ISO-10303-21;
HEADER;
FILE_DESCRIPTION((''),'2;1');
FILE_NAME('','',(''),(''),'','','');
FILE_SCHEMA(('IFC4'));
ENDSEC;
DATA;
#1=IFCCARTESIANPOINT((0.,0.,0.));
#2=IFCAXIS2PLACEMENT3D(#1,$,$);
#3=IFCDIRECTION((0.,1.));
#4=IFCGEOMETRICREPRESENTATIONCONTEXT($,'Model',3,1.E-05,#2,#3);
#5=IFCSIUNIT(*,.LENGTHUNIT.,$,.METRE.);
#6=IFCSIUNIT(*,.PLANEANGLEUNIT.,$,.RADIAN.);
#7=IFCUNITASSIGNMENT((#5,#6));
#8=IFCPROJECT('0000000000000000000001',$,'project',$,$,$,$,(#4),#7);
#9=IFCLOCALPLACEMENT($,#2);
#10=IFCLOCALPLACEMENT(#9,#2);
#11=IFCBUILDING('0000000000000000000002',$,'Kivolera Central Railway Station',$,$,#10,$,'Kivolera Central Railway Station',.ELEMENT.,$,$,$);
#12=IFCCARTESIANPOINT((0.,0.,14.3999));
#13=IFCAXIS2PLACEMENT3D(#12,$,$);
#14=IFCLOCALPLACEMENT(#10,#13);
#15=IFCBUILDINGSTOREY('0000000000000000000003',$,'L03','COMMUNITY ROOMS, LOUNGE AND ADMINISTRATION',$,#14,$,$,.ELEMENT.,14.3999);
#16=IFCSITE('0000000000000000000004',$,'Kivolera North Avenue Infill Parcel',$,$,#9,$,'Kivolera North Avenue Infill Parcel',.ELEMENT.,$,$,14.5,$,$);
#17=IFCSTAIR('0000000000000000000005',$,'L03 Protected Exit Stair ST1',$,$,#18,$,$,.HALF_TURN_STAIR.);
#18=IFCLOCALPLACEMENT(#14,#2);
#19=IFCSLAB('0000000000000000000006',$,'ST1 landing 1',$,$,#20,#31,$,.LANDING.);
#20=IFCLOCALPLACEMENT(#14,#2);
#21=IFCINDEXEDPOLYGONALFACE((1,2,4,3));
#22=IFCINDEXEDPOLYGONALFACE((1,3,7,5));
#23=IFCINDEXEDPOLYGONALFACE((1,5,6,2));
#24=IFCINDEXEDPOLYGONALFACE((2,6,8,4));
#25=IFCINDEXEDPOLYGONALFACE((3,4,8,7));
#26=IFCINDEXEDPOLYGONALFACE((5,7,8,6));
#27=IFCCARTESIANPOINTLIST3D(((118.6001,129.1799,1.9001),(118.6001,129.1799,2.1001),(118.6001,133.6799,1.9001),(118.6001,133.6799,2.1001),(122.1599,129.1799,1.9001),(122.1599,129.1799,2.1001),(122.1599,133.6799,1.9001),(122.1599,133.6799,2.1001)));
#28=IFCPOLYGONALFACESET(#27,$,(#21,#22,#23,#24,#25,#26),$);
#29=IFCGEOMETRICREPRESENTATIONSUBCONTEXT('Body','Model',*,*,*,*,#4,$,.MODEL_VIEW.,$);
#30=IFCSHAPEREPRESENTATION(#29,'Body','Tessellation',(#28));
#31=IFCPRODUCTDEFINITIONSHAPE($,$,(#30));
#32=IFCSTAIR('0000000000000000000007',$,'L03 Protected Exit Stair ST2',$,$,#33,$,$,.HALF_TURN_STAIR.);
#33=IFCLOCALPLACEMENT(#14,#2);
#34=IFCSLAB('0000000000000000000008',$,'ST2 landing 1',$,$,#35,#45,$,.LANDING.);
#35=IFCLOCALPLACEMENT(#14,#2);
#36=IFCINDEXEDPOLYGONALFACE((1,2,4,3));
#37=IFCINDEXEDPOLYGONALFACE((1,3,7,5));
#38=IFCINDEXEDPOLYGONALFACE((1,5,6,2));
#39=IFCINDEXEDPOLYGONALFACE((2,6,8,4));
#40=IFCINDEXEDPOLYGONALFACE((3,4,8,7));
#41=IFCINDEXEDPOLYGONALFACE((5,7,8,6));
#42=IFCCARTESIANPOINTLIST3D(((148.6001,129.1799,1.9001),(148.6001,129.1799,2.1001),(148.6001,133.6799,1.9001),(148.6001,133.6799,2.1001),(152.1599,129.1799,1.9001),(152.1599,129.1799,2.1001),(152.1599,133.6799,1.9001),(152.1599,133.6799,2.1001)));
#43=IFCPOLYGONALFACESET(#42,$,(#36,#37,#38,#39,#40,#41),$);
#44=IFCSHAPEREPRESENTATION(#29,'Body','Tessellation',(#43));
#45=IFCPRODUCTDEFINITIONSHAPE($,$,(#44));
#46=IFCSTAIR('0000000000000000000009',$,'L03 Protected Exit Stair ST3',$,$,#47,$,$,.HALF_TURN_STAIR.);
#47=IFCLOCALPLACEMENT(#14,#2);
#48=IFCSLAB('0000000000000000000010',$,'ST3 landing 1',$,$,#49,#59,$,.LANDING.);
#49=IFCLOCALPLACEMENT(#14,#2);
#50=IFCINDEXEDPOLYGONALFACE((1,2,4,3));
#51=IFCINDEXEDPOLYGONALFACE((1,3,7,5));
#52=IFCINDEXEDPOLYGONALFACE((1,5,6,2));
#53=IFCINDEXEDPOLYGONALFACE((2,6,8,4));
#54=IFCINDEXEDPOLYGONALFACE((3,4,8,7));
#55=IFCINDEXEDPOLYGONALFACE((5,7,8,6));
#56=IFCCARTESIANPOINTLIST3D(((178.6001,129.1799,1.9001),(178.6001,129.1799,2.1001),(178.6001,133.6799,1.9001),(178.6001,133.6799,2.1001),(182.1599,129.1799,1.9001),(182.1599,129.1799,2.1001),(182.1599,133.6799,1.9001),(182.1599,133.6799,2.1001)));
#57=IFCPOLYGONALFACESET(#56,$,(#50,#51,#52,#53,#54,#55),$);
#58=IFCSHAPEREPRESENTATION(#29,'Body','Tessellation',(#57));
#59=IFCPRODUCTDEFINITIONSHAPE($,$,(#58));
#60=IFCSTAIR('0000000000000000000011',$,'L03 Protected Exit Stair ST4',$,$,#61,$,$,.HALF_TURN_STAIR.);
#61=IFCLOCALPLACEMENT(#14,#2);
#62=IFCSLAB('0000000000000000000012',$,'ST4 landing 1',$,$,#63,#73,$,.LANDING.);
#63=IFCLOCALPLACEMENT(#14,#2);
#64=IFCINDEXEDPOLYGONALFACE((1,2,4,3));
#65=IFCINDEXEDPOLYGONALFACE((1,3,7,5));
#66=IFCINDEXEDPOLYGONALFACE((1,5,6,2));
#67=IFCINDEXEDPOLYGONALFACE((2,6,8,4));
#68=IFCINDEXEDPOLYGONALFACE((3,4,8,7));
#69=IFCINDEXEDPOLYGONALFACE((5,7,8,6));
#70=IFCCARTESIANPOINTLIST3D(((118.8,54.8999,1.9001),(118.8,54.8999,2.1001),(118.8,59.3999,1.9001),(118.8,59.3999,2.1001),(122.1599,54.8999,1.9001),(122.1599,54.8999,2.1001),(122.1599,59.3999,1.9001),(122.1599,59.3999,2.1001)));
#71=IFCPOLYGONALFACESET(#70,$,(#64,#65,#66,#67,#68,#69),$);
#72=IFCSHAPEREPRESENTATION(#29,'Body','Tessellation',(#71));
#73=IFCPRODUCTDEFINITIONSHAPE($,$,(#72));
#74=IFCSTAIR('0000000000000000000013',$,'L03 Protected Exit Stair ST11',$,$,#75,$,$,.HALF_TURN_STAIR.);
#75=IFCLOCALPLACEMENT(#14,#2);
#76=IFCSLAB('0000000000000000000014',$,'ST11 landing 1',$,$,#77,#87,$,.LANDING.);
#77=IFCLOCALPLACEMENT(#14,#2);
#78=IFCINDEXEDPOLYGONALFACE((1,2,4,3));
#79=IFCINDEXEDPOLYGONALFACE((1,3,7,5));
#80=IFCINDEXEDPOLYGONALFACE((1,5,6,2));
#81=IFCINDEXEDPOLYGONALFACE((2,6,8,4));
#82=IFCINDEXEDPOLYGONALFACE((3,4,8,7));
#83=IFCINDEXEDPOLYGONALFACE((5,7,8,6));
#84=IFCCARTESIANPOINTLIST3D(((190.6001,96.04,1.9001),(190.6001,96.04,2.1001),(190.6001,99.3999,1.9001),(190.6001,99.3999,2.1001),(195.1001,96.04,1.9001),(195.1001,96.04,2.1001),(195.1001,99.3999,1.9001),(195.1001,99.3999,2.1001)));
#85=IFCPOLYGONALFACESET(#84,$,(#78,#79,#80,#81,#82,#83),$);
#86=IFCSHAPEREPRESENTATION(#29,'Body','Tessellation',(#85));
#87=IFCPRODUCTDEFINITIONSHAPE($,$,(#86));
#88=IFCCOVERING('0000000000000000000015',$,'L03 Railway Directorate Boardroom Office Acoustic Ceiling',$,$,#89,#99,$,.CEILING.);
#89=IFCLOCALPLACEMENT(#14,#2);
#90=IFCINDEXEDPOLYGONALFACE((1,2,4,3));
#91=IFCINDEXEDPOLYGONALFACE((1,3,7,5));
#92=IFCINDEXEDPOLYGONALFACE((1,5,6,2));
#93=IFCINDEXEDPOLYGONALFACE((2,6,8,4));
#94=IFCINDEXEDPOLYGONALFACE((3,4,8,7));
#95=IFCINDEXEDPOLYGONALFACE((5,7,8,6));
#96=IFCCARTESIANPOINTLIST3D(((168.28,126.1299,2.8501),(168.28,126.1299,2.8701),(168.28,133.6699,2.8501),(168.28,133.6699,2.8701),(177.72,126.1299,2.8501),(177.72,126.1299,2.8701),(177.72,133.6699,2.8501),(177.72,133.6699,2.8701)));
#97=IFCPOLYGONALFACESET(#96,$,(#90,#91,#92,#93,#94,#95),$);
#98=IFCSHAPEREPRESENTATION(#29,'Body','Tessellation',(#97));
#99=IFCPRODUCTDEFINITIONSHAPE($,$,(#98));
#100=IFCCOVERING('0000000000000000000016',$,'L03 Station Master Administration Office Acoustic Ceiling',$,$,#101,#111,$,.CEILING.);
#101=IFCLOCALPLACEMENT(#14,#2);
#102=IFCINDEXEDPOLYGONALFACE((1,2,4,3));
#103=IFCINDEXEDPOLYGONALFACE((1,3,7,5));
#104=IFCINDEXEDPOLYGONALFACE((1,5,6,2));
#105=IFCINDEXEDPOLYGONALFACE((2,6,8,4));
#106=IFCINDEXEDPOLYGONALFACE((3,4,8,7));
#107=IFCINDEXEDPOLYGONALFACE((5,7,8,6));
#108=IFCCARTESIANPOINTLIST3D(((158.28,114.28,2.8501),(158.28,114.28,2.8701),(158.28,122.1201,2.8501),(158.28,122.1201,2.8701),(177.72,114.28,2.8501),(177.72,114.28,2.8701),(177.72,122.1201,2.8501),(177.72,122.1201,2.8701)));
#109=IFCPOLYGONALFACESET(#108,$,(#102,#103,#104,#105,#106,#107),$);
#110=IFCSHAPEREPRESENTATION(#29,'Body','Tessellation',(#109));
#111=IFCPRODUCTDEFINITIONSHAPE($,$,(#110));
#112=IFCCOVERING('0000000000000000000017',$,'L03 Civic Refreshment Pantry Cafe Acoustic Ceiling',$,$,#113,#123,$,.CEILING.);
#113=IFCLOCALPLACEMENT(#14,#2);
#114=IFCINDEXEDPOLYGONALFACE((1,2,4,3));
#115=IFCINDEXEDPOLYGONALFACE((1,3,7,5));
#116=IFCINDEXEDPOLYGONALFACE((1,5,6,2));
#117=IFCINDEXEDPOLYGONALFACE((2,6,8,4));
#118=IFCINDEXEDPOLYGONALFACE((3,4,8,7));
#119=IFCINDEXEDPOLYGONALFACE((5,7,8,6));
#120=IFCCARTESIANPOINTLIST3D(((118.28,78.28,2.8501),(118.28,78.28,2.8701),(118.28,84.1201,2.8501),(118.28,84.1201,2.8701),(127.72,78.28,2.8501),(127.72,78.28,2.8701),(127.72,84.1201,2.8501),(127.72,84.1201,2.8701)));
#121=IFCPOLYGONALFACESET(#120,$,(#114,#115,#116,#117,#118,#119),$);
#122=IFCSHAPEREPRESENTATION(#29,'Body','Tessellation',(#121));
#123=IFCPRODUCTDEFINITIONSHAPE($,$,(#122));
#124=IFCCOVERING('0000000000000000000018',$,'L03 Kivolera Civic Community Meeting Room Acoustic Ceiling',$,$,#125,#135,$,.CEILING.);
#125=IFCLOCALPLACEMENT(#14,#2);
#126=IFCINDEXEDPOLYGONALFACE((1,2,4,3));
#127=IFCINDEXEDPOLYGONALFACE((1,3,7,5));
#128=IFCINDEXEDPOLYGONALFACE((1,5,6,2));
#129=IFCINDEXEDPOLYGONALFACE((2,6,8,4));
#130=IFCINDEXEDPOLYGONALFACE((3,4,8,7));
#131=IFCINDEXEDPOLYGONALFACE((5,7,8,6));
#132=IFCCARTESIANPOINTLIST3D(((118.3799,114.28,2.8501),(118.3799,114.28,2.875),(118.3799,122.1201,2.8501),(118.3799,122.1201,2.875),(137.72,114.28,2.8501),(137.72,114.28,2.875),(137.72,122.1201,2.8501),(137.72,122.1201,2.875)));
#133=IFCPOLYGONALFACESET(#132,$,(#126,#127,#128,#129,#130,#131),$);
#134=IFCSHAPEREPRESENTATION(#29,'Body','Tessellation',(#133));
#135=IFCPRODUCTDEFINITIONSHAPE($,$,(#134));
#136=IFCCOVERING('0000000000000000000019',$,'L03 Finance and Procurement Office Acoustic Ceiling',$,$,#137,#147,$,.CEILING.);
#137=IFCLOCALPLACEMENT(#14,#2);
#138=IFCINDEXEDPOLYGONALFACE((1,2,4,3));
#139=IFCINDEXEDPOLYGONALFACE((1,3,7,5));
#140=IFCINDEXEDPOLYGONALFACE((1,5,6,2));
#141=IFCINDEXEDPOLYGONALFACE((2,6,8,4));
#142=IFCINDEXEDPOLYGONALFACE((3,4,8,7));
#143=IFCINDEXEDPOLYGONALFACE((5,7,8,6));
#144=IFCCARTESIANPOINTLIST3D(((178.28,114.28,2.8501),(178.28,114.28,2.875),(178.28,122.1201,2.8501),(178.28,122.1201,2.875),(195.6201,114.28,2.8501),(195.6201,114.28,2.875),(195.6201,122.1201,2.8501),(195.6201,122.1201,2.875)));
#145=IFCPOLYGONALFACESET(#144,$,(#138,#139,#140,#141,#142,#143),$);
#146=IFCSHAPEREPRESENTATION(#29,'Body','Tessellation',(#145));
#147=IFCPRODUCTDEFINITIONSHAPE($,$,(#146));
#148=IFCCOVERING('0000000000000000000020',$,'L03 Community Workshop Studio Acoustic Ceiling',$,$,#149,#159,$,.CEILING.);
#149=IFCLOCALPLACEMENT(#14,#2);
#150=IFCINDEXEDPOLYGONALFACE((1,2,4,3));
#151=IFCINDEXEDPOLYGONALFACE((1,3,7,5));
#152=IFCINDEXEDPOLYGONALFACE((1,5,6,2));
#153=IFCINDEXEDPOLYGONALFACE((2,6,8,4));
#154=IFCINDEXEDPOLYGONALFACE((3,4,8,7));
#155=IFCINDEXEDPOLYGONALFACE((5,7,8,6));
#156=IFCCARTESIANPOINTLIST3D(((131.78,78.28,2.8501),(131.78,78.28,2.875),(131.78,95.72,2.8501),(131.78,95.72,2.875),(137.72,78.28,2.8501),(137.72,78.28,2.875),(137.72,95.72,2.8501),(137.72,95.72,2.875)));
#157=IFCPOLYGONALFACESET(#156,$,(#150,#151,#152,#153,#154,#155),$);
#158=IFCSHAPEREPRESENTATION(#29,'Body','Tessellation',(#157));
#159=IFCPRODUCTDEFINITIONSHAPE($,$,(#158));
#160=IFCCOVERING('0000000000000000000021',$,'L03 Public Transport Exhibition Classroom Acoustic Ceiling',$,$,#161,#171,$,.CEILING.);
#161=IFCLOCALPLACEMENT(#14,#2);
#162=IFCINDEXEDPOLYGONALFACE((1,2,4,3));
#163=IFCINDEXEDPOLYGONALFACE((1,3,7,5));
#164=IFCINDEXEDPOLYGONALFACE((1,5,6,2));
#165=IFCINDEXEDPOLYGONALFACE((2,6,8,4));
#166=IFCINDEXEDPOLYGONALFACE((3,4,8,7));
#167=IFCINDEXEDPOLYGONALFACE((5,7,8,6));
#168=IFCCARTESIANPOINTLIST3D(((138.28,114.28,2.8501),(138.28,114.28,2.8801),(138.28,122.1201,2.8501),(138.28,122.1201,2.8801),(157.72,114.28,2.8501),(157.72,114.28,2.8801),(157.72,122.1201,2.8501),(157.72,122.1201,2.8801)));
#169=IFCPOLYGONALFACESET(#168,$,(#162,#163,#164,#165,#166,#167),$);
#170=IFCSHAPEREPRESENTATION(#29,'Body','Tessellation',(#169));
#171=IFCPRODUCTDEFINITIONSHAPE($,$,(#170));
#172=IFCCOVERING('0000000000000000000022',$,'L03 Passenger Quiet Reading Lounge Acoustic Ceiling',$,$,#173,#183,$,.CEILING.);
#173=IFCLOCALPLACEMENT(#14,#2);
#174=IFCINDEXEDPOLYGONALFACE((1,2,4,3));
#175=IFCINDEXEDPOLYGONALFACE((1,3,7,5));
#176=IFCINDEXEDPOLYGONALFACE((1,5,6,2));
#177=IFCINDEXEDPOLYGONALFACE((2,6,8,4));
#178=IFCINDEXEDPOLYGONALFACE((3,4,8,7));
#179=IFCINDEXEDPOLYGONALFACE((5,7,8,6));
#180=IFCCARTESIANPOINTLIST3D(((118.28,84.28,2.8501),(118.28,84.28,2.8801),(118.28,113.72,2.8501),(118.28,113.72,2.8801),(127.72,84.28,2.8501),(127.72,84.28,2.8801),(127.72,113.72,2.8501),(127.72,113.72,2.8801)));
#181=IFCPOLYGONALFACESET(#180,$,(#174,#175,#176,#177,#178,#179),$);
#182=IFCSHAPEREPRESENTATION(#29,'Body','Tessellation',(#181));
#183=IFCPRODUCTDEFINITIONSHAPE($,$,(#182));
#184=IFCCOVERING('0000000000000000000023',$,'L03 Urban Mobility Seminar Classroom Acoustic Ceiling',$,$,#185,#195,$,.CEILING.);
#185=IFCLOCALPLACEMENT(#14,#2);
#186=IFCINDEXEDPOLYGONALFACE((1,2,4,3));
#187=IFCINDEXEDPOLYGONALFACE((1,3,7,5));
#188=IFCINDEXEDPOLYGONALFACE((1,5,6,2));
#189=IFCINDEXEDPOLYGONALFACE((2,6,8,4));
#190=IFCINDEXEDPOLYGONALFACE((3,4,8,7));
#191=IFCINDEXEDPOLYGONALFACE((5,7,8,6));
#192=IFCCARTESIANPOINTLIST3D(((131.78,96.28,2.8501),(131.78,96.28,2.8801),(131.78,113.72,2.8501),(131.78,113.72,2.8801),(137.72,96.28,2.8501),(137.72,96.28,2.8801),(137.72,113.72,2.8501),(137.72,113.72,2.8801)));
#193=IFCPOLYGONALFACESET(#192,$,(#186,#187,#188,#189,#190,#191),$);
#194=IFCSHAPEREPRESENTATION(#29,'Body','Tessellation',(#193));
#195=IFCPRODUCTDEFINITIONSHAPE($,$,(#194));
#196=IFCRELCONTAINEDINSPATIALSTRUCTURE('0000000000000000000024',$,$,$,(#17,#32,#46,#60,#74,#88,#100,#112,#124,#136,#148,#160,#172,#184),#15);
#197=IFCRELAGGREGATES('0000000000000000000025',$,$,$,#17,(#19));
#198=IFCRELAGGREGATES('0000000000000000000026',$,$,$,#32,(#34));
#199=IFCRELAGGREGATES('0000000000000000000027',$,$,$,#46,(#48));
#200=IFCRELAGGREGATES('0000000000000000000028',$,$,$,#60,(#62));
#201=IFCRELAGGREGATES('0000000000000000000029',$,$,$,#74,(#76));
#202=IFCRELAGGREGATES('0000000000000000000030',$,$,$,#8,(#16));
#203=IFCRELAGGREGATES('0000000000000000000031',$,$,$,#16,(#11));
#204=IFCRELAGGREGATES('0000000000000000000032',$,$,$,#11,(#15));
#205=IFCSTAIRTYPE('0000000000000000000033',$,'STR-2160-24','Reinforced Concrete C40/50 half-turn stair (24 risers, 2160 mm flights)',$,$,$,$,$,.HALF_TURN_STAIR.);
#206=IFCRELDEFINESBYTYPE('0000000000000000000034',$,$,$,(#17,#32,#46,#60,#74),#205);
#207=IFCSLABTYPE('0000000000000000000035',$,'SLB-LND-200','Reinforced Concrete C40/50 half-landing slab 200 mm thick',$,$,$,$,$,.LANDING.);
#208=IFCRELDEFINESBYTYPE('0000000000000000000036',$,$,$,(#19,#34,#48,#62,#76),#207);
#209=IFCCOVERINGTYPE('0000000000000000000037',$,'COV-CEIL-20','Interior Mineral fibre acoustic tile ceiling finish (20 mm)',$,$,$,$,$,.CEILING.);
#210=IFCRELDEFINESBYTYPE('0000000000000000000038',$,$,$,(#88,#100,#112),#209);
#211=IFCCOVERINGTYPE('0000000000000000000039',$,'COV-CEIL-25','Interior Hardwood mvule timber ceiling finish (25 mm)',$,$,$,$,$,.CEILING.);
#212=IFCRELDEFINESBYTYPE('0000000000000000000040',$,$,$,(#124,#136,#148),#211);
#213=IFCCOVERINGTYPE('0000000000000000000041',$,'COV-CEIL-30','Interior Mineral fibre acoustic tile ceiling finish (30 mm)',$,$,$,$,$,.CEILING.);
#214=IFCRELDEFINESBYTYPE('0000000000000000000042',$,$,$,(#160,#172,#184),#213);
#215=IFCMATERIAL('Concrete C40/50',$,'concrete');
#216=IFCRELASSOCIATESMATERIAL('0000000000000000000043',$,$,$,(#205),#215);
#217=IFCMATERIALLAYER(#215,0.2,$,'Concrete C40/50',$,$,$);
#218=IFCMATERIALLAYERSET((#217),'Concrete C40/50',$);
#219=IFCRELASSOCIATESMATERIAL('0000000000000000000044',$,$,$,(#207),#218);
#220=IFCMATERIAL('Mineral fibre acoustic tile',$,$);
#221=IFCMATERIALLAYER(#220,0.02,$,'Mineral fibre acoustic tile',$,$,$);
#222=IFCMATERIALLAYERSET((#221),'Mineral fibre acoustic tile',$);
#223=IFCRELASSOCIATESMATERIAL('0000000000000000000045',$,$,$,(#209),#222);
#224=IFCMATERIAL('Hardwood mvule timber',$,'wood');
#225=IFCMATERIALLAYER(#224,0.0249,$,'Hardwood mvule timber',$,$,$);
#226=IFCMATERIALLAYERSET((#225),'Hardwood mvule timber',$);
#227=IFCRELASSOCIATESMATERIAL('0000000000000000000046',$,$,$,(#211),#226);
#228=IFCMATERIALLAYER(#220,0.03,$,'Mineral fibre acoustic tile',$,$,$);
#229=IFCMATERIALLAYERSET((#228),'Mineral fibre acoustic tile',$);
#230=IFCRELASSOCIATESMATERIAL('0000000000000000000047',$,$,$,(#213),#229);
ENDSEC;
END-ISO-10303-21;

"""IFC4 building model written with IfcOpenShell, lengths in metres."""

from ifc_helpers import new_model, si_unit, direction, frame, origin, place, context, subcontext, project, spatial, polyline, outline, extrude, material, layer, layer_set, type_object, element, aggregate, save


model = new_model("IFC4")

# Units and contexts
model_context = context("Model", 3, precision=1e-05, world=origin(), true_north=direction((0.0, 1.0)))
body_context = subcontext(model_context, "Body", "Model", "MODEL_VIEW")
ifc_project = project(units=[si_unit("LENGTHUNIT", "METRE"), si_unit("PLANEANGLEUNIT", "RADIAN")], contexts=[model_context])

# Site, building, storey
site_placement = place(None, origin())
site = spatial("IfcSite", under=ifc_project, at=site_placement, Name="Kivolera North Avenue Infill Parcel", LongName="Kivolera North Avenue Infill Parcel", CompositionType="ELEMENT", RefElevation=14.5)
building_placement = place(site_placement, origin())
building = spatial("IfcBuilding", under=site, at=building_placement, Name="Kivolera Central Railway Station", LongName="Kivolera Central Railway Station", CompositionType="ELEMENT")
storey_placement = place(building_placement, frame((0.0, 0.0, 14.3999)))
storey = spatial("IfcBuildingStorey", under=building, at=storey_placement, Name="L03", Description="COMMUNITY ROOMS, LOUNGE AND ADMINISTRATION", CompositionType="ELEMENT", Elevation=14.3999)

# Stairs, slabs
ifc_material_1 = material(Name="Concrete C40/50", Category="concrete")
stair_type = type_object("IfcStairType", Name="STR-2160-24", Description="Reinforced Concrete C40/50 half-turn stair (24 risers, 2160 mm flights)", PredefinedType="HALF_TURN_STAIR", material=ifc_material_1)
stair_1_placement = place(storey_placement, origin())
stair_1 = element("IfcStair", 1, at=stair_1_placement, inside=storey, type_object=stair_type, Name="L03 Protected Exit Stair ST1", PredefinedType="HALF_TURN_STAIR")
ifc_layer_1 = layer(ifc_material_1, 0.2, Name="Concrete C40/50")
ifc_layer_set_1 = layer_set([ifc_layer_1], Name="Concrete C40/50")
slab_type = type_object("IfcSlabType", Name="SLB-LND-200", Description="Reinforced Concrete C40/50 half-landing slab 200 mm thick", PredefinedType="LANDING", material=ifc_layer_set_1)
slab_1_placement = place(storey_placement, frame((0.0, 0.0, 1.9001)))
slab_1 = element("IfcSlab", 2, at=slab_1_placement, type_object=slab_type, Name="ST1 landing 1", PredefinedType="LANDING", context=body_context, shape_type="SweptSolid", body=[
    extrude(outline(polyline([(122.1599, 133.6799), (118.6001, 133.6799), (118.6001, 129.1799), (122.1599, 129.1799), (122.1599, 133.6799)])), origin(), (0.0, 0.0, 1.0), 0.2),
])
aggregate(stair_1, [slab_1])
stair_2_placement = place(storey_placement, origin())
stair_2 = element("IfcStair", 3, at=stair_2_placement, inside=storey, type_object=stair_type, Name="L03 Protected Exit Stair ST2", PredefinedType="HALF_TURN_STAIR")
slab_2_placement = place(storey_placement, frame((0.0, 0.0, 1.9001)))
slab_2 = element("IfcSlab", 4, at=slab_2_placement, type_object=slab_type, Name="ST2 landing 1", PredefinedType="LANDING", context=body_context, shape_type="SweptSolid", body=[
    extrude(outline(polyline([(152.1599, 133.6799), (148.6001, 133.6799), (148.6001, 129.1799), (152.1599, 129.1799), (152.1599, 133.6799)])), origin(), (0.0, 0.0, 1.0), 0.2),
])
aggregate(stair_2, [slab_2])
stair_3_placement = place(storey_placement, origin())
stair_3 = element("IfcStair", 5, at=stair_3_placement, inside=storey, type_object=stair_type, Name="L03 Protected Exit Stair ST3", PredefinedType="HALF_TURN_STAIR")
slab_3_placement = place(storey_placement, frame((0.0, 0.0, 1.9001)))
slab_3 = element("IfcSlab", 6, at=slab_3_placement, type_object=slab_type, Name="ST3 landing 1", PredefinedType="LANDING", context=body_context, shape_type="SweptSolid", body=[
    extrude(outline(polyline([(182.1599, 133.6799), (178.6001, 133.6799), (178.6001, 129.1799), (182.1599, 129.1799), (182.1599, 133.6799)])), origin(), (0.0, 0.0, 1.0), 0.2),
])
aggregate(stair_3, [slab_3])
stair_4_placement = place(storey_placement, origin())
stair_4 = element("IfcStair", 7, at=stair_4_placement, inside=storey, type_object=stair_type, Name="L03 Protected Exit Stair ST4", PredefinedType="HALF_TURN_STAIR")
slab_4_placement = place(storey_placement, frame((0.0, 0.0, 1.9001)))
slab_4 = element("IfcSlab", 8, at=slab_4_placement, type_object=slab_type, Name="ST4 landing 1", PredefinedType="LANDING", context=body_context, shape_type="SweptSolid", body=[
    extrude(outline(polyline([(122.1599, 59.3999), (118.8, 59.3999), (118.8, 54.8999), (122.1599, 54.8999), (122.1599, 59.3999)])), origin(), (0.0, 0.0, 1.0), 0.2),
])
aggregate(stair_4, [slab_4])
stair_5_placement = place(storey_placement, origin())
stair_5 = element("IfcStair", 9, at=stair_5_placement, inside=storey, type_object=stair_type, Name="L03 Protected Exit Stair ST11", PredefinedType="HALF_TURN_STAIR")
slab_5_placement = place(storey_placement, frame((0.0, 0.0, 1.9001)))
slab_5 = element("IfcSlab", 10, at=slab_5_placement, type_object=slab_type, Name="ST11 landing 1", PredefinedType="LANDING", context=body_context, shape_type="SweptSolid", body=[
    extrude(outline(polyline([(195.1001, 96.04), (195.1001, 99.3999), (190.6001, 99.3999), (190.6001, 96.04), (195.1001, 96.04)])), origin(), (0.0, 0.0, 1.0), 0.2),
])
aggregate(stair_5, [slab_5])

# Coverings
ifc_material_2 = material(Name="Mineral fibre acoustic tile")
ifc_layer_2 = layer(ifc_material_2, 0.02, Name="Mineral fibre acoustic tile")
ifc_layer_set_2 = layer_set([ifc_layer_2], Name="Mineral fibre acoustic tile")
covering_type_1 = type_object("IfcCoveringType", Name="COV-CEIL-20", Description="Interior Mineral fibre acoustic tile ceiling finish (20 mm)", PredefinedType="CEILING", material=ifc_layer_set_2)
covering_1_placement = place(storey_placement, frame((0.0, 0.0, 2.8501)))
element("IfcCovering", 11, at=covering_1_placement, inside=storey, type_object=covering_type_1, Name="L03 Railway Directorate Boardroom Office Acoustic Ceiling", PredefinedType="CEILING", context=body_context, shape_type="SweptSolid", body=[
    extrude(outline(polyline([(168.28, 126.1299), (177.72, 126.1299), (177.72, 133.6699), (168.28, 133.6699), (168.28, 126.1299)])), origin(), (0.0, 0.0, 1.0), 0.02),
])
covering_2_placement = place(storey_placement, frame((0.0, 0.0, 2.8501)))
element("IfcCovering", 12, at=covering_2_placement, inside=storey, type_object=covering_type_1, Name="L03 Station Master Administration Office Acoustic Ceiling", PredefinedType="CEILING", context=body_context, shape_type="SweptSolid", body=[
    extrude(outline(polyline([(158.28, 114.28), (177.72, 114.28), (177.72, 122.1201), (158.28, 122.1201), (158.28, 114.28)])), origin(), (0.0, 0.0, 1.0), 0.02),
])
covering_3_placement = place(storey_placement, frame((0.0, 0.0, 2.8501)))
element("IfcCovering", 13, at=covering_3_placement, inside=storey, type_object=covering_type_1, Name="L03 Civic Refreshment Pantry Cafe Acoustic Ceiling", PredefinedType="CEILING", context=body_context, shape_type="SweptSolid", body=[
    extrude(outline(polyline([(118.28, 78.28), (127.72, 78.28), (127.72, 84.1201), (118.28, 84.1201), (118.28, 78.28)])), origin(), (0.0, 0.0, 1.0), 0.02),
])
ifc_material_3 = material(Name="Hardwood mvule timber", Category="wood")
ifc_layer_3 = layer(ifc_material_3, 0.0249, Name="Hardwood mvule timber")
ifc_layer_set_3 = layer_set([ifc_layer_3], Name="Hardwood mvule timber")
covering_type_2 = type_object("IfcCoveringType", Name="COV-CEIL-25", Description="Interior Hardwood mvule timber ceiling finish (25 mm)", PredefinedType="CEILING", material=ifc_layer_set_3)
covering_4_placement = place(storey_placement, frame((0.0, 0.0, 2.8501)))
element("IfcCovering", 14, at=covering_4_placement, inside=storey, type_object=covering_type_2, Name="L03 Kivolera Civic Community Meeting Room Acoustic Ceiling", PredefinedType="CEILING", context=body_context, shape_type="SweptSolid", body=[
    extrude(outline(polyline([(118.3799, 114.28), (137.72, 114.28), (137.72, 122.1201), (118.3799, 122.1201), (118.3799, 114.28)])), origin(), (0.0, 0.0, 1.0), 0.0249),
])
covering_5_placement = place(storey_placement, frame((0.0, 0.0, 2.8501)))
element("IfcCovering", 15, at=covering_5_placement, inside=storey, type_object=covering_type_2, Name="L03 Finance and Procurement Office Acoustic Ceiling", PredefinedType="CEILING", context=body_context, shape_type="SweptSolid", body=[
    extrude(outline(polyline([(178.28, 114.28), (195.6201, 114.28), (195.6201, 122.1201), (178.28, 122.1201), (178.28, 114.28)])), origin(), (0.0, 0.0, 1.0), 0.0249),
])
covering_6_placement = place(storey_placement, frame((0.0, 0.0, 2.8501)))
element("IfcCovering", 16, at=covering_6_placement, inside=storey, type_object=covering_type_2, Name="L03 Community Workshop Studio Acoustic Ceiling", PredefinedType="CEILING", context=body_context, shape_type="SweptSolid", body=[
    extrude(outline(polyline([(131.78, 78.28), (137.72, 78.28), (137.72, 95.72), (131.78, 95.72), (131.78, 78.28)])), origin(), (0.0, 0.0, 1.0), 0.0249),
])
ifc_layer_4 = layer(ifc_material_2, 0.03, Name="Mineral fibre acoustic tile")
ifc_layer_set_4 = layer_set([ifc_layer_4], Name="Mineral fibre acoustic tile")
covering_type_3 = type_object("IfcCoveringType", Name="COV-CEIL-30", Description="Interior Mineral fibre acoustic tile ceiling finish (30 mm)", PredefinedType="CEILING", material=ifc_layer_set_4)
covering_7_placement = place(storey_placement, frame((0.0, 0.0, 2.8501)))
element("IfcCovering", 17, at=covering_7_placement, inside=storey, type_object=covering_type_3, Name="L03 Public Transport Exhibition Classroom Acoustic Ceiling", PredefinedType="CEILING", context=body_context, shape_type="SweptSolid", body=[
    extrude(outline(polyline([(138.28, 114.28), (157.72, 114.28), (157.72, 122.1201), (138.28, 122.1201), (138.28, 114.28)])), origin(), (0.0, 0.0, 1.0), 0.03),
])
covering_8_placement = place(storey_placement, frame((0.0, 0.0, 2.8501)))
element("IfcCovering", 18, at=covering_8_placement, inside=storey, type_object=covering_type_3, Name="L03 Passenger Quiet Reading Lounge Acoustic Ceiling", PredefinedType="CEILING", context=body_context, shape_type="SweptSolid", body=[
    extrude(outline(polyline([(118.28, 84.28), (127.72, 84.28), (127.72, 113.72), (118.28, 113.72), (118.28, 84.28)])), origin(), (0.0, 0.0, 1.0), 0.03),
])
covering_9_placement = place(storey_placement, frame((0.0, 0.0, 2.8501)))
element("IfcCovering", 19, at=covering_9_placement, inside=storey, type_object=covering_type_3, Name="L03 Urban Mobility Seminar Classroom Acoustic Ceiling", PredefinedType="CEILING", context=body_context, shape_type="SweptSolid", body=[
    extrude(outline(polyline([(131.78, 96.28), (137.72, 96.28), (137.72, 113.72), (131.78, 113.72), (131.78, 96.28)])), origin(), (0.0, 0.0, 1.0), 0.03),
])

save(model, "model.ifc")
